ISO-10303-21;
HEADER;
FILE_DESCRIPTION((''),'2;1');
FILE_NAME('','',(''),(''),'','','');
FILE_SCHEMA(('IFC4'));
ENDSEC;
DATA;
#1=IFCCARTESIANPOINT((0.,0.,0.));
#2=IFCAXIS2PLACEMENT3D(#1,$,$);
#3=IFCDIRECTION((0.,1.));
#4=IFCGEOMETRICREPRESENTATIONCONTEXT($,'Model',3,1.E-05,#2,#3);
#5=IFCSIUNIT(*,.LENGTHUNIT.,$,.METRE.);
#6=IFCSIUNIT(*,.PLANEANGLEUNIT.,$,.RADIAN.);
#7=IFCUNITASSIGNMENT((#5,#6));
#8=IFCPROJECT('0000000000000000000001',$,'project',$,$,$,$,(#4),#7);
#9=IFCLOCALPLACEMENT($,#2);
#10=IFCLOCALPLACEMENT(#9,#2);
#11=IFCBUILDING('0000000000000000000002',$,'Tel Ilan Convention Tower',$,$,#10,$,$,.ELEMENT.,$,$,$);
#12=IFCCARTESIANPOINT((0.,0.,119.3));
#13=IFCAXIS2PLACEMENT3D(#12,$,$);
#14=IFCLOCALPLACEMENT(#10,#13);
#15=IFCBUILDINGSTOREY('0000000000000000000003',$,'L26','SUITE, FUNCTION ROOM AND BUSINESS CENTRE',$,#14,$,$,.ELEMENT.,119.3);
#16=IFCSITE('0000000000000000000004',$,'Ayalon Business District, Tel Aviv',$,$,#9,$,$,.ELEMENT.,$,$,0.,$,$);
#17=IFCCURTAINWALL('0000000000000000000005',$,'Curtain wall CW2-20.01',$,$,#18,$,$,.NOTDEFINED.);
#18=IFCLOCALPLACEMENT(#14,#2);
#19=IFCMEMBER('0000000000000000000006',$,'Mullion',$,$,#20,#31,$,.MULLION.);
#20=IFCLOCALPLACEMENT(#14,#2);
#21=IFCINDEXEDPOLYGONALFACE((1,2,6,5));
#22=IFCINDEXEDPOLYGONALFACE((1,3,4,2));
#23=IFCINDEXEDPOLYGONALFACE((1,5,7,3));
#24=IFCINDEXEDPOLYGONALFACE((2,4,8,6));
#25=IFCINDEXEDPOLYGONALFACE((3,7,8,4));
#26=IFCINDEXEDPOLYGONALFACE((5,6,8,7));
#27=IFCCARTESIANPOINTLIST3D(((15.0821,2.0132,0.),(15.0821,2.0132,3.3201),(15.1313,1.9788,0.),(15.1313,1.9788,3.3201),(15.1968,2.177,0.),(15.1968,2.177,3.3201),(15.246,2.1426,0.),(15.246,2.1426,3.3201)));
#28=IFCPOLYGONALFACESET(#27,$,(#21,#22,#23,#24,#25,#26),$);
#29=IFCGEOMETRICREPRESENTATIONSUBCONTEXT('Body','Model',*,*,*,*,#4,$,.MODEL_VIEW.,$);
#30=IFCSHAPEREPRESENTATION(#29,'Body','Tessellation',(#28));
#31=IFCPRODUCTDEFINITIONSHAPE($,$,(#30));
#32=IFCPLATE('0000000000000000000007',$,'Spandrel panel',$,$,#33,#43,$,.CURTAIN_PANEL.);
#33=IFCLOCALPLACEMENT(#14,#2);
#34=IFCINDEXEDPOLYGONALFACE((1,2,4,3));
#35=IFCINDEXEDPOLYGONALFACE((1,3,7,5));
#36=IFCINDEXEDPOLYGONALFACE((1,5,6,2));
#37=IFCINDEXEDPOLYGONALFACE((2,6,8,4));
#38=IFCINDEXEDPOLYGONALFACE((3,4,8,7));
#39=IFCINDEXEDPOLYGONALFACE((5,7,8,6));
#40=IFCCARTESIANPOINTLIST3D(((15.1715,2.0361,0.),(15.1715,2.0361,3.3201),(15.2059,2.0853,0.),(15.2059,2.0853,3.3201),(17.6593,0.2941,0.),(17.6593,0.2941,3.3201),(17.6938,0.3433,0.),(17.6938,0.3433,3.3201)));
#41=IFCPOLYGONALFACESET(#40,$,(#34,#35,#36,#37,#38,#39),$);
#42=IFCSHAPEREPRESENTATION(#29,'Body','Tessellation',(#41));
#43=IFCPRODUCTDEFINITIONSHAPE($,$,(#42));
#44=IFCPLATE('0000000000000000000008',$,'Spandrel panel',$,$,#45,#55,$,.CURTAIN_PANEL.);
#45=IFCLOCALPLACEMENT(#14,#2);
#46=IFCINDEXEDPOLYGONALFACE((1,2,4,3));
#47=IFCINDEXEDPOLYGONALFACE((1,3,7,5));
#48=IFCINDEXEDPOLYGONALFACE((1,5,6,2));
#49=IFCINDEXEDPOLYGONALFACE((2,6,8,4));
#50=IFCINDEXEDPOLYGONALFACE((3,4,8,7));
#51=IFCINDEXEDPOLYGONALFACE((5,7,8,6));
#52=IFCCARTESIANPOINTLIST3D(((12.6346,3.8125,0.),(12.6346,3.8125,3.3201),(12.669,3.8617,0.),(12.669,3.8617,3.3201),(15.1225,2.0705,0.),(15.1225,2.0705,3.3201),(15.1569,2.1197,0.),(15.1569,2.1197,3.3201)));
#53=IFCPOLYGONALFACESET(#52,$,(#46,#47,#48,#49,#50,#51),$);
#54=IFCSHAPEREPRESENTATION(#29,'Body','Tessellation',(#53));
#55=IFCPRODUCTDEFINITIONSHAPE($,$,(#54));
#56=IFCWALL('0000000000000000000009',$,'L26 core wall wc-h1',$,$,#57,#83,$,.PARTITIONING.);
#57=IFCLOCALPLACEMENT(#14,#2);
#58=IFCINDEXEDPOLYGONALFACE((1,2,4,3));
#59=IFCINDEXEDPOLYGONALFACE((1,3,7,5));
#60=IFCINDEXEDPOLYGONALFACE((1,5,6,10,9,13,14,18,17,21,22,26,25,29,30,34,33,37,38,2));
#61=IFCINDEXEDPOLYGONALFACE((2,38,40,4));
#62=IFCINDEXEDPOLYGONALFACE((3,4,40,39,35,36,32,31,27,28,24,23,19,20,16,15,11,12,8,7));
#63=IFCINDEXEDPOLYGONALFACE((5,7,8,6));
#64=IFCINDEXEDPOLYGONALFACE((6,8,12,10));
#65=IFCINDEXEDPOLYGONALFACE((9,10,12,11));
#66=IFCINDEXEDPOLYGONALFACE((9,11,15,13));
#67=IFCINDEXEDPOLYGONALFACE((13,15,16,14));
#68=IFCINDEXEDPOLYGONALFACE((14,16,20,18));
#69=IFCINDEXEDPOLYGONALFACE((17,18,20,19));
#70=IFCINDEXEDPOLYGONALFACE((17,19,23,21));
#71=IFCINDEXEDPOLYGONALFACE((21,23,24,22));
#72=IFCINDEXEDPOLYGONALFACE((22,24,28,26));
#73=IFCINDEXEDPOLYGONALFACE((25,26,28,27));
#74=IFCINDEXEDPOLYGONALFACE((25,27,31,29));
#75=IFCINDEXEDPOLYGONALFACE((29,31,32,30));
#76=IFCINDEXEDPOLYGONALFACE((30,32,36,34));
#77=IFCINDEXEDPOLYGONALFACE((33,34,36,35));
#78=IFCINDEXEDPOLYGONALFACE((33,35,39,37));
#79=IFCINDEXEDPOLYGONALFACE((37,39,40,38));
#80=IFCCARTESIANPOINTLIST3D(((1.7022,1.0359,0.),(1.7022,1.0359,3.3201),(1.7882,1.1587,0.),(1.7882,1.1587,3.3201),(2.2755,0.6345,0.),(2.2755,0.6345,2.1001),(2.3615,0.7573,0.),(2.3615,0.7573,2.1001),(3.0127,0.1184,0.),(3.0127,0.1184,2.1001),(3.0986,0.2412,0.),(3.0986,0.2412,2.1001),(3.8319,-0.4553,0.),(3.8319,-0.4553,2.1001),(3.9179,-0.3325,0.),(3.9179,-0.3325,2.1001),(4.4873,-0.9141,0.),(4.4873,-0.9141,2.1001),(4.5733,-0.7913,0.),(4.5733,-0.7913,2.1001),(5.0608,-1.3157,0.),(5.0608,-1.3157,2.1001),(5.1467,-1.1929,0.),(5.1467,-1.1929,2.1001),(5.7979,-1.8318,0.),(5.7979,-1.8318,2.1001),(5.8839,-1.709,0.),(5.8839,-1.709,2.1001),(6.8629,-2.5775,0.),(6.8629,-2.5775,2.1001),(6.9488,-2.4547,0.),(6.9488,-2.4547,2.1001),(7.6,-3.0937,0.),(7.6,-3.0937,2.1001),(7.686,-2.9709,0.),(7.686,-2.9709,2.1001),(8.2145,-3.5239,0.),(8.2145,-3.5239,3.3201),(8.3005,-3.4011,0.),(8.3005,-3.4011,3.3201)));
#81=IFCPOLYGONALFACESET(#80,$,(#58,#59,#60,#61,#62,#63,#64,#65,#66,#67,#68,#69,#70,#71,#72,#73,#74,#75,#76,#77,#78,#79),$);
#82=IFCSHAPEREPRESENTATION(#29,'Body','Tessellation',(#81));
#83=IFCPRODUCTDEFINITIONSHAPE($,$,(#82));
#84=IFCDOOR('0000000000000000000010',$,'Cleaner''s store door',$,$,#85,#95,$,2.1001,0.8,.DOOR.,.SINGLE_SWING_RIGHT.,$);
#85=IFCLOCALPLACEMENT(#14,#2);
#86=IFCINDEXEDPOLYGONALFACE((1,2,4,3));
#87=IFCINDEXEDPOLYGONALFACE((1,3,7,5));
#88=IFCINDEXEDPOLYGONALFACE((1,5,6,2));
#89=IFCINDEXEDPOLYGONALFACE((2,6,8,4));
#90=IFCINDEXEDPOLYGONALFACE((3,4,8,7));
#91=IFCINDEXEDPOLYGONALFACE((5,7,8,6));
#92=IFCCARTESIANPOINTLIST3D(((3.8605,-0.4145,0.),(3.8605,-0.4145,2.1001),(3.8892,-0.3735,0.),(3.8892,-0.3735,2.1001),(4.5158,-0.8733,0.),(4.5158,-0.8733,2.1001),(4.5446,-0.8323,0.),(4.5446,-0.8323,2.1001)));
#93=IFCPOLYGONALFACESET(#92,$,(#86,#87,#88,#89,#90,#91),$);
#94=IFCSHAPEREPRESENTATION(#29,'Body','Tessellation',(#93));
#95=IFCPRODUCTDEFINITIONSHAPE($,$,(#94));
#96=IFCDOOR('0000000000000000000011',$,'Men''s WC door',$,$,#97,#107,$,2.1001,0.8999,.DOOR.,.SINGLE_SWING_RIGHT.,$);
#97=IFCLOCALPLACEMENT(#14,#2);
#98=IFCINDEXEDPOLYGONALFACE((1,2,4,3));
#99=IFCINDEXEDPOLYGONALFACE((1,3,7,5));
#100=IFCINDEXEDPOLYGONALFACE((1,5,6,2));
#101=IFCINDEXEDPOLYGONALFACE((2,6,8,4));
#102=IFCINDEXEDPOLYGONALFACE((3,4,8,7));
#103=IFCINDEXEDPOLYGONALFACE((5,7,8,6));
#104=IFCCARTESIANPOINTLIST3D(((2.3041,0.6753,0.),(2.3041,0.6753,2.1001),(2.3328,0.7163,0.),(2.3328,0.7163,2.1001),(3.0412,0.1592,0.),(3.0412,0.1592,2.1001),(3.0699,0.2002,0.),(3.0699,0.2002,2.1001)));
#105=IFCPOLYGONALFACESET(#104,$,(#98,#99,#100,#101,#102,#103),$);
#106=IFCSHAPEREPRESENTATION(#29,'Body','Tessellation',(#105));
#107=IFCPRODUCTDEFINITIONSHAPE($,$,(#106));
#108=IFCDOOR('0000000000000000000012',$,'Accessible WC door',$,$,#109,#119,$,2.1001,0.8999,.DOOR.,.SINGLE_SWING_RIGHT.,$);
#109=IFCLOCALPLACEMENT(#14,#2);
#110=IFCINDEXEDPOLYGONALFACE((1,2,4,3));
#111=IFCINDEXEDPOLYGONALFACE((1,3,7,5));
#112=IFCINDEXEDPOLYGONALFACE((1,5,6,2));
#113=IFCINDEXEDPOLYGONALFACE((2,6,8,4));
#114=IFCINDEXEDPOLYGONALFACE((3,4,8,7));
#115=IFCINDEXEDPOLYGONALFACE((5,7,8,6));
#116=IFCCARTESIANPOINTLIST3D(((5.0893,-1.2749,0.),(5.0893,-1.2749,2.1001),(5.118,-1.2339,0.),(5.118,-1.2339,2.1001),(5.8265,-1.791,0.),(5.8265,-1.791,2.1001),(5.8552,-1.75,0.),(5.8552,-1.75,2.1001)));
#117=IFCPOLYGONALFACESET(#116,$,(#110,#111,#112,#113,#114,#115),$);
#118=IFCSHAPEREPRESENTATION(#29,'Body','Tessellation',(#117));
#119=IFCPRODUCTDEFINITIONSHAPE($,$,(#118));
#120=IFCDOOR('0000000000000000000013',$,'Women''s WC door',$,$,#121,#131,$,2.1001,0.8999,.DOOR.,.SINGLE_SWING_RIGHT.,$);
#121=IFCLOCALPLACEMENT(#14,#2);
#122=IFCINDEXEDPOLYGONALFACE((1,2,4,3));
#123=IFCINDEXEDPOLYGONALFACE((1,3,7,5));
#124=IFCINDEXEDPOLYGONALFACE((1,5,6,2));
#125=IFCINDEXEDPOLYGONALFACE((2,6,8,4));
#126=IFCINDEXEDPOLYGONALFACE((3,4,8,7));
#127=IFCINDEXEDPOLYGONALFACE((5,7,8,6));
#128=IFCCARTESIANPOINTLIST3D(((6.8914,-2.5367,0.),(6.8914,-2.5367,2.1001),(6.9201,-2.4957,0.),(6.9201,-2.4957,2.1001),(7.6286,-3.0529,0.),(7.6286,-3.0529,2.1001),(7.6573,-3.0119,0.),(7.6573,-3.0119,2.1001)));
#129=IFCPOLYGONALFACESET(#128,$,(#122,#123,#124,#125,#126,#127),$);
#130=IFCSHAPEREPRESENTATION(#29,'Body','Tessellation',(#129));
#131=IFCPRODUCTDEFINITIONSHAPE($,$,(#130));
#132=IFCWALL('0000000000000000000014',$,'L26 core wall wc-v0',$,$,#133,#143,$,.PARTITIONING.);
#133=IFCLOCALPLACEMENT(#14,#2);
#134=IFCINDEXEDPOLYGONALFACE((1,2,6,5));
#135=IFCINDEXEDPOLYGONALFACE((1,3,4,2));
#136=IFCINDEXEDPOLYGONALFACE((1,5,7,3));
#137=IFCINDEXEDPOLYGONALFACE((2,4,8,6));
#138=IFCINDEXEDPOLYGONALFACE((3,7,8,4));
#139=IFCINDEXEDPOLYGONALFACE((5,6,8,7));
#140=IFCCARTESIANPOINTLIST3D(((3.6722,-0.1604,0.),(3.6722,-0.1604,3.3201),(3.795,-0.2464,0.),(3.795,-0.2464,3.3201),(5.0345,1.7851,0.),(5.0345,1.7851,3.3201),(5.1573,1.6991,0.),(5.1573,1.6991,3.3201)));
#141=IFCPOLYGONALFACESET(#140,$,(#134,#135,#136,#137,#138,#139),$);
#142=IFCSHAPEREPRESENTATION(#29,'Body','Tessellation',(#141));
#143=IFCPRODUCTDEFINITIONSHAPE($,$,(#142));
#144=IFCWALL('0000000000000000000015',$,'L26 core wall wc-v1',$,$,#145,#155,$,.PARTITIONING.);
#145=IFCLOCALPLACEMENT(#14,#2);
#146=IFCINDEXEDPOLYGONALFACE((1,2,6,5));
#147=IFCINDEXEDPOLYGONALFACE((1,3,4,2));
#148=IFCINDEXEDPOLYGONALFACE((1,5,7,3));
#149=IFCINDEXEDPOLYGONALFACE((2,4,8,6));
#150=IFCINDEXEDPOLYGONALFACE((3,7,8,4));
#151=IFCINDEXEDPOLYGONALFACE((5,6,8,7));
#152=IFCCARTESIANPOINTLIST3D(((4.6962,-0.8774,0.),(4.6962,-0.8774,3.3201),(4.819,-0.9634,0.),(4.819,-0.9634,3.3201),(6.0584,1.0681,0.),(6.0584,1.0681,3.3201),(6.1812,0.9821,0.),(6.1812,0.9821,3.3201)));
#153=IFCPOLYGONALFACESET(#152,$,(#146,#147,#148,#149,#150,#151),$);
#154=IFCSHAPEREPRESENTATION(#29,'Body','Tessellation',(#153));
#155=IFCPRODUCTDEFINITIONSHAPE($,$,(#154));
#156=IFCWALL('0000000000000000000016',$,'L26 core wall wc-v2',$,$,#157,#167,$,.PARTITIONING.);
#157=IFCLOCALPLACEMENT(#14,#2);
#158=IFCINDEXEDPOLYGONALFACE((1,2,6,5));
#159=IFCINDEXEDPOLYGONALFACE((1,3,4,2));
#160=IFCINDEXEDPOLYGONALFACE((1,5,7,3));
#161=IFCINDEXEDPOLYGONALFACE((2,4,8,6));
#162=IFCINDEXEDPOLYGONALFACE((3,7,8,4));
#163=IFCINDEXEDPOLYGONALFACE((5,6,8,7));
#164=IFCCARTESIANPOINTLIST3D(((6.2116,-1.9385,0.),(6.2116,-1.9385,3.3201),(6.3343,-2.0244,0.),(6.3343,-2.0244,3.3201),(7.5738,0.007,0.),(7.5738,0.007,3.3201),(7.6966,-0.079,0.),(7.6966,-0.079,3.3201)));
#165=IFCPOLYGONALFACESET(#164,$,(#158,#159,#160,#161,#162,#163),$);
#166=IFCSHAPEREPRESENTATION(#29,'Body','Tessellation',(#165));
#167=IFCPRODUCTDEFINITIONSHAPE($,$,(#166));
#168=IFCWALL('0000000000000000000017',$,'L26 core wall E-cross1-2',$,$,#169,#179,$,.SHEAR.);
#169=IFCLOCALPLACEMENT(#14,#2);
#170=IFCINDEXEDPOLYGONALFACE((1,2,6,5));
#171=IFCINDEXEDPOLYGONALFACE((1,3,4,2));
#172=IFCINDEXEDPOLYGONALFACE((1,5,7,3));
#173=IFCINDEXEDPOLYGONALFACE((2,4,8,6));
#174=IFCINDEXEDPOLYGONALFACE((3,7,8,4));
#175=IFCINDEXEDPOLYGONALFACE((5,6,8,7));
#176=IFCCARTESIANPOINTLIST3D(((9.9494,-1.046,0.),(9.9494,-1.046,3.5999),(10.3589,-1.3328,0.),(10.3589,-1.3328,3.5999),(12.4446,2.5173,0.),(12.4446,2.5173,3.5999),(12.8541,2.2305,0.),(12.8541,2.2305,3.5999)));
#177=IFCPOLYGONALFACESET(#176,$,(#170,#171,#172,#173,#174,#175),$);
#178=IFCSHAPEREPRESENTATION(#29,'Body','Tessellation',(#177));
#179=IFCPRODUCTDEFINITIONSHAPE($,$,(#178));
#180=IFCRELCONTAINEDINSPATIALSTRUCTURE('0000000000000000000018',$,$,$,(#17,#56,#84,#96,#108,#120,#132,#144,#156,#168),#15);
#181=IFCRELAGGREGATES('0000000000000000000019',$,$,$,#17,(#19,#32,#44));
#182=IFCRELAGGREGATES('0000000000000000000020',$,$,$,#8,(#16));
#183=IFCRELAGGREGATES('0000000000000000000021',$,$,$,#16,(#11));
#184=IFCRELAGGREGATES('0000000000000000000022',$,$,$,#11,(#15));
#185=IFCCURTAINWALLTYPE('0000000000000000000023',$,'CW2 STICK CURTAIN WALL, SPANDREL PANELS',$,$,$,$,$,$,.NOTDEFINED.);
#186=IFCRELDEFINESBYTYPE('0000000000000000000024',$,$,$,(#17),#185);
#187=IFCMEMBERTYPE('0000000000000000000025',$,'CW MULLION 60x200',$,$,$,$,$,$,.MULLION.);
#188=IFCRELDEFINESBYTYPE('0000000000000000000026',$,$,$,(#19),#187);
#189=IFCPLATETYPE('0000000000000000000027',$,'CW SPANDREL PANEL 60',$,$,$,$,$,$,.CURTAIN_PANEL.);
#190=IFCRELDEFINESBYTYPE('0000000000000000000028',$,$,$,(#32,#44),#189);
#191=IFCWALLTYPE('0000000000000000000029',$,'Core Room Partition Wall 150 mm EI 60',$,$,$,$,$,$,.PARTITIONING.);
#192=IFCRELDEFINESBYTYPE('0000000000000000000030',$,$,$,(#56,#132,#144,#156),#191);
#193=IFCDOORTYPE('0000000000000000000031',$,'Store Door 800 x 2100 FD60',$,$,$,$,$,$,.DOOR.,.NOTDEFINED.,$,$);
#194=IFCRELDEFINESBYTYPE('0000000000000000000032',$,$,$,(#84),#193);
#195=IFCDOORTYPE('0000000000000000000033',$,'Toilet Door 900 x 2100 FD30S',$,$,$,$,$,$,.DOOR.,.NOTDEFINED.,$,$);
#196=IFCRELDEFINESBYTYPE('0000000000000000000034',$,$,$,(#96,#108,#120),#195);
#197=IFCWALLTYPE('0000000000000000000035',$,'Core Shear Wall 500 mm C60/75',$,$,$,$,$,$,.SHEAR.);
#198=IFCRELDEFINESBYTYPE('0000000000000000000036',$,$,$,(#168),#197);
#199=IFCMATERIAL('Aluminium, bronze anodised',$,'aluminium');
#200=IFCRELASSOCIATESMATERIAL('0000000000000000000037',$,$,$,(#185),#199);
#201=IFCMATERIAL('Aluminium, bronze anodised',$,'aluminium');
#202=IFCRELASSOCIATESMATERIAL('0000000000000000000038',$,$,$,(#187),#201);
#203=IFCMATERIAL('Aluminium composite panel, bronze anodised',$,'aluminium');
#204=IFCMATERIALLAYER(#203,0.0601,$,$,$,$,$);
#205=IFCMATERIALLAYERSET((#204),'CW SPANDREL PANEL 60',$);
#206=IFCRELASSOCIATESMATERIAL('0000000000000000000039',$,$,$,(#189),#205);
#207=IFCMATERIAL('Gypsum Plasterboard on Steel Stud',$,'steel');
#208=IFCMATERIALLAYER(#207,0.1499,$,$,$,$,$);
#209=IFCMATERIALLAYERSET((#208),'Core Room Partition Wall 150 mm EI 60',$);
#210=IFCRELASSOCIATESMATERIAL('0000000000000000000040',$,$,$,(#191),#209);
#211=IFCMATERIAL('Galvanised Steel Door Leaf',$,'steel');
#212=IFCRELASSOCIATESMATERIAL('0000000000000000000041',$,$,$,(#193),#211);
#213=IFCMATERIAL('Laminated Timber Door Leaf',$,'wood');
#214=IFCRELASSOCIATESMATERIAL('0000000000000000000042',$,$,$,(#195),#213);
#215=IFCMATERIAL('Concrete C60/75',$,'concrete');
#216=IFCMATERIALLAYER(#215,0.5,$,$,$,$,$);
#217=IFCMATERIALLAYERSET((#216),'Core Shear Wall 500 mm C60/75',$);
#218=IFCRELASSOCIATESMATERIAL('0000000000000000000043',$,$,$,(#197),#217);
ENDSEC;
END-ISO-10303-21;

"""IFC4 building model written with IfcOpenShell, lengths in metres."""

from ifc_helpers import new_model, si_unit, direction, frame, frame_2d, origin, origin_2d, place, context, subcontext, project, spatial, polyline, rectangle, outline, extrude, material, layer, layer_set, material_profile, profile_set, type_object, element, fill, aggregate, save


model = new_model("IFC4")

# Units and contexts
model_context = context("Model", 3, precision=1e-05, world=origin(), true_north=direction((0.0, 1.0)))
body_context = subcontext(model_context, "Body", "Model", "MODEL_VIEW")
ifc_project = project(units=[si_unit("LENGTHUNIT", "METRE"), si_unit("PLANEANGLEUNIT", "RADIAN")], contexts=[model_context])

# Site, building, storey
site_placement = place(None, origin())
site = spatial("IfcSite", under=ifc_project, at=site_placement, Name="Ayalon Business District, Tel Aviv", CompositionType="ELEMENT", RefElevation=0.0)
building_placement = place(site_placement, origin())
building = spatial("IfcBuilding", under=site, at=building_placement, Name="Tel Ilan Convention Tower", CompositionType="ELEMENT")
storey_placement = place(building_placement, frame((0.0, 0.0, 119.3)))
storey = spatial("IfcBuildingStorey", under=building, at=storey_placement, Name="L26", Description="SUITE, FUNCTION ROOM AND BUSINESS CENTRE", CompositionType="ELEMENT", Elevation=119.3)

# Curtain wall, member, plates
ifc_material_1 = material(Name="Aluminium, bronze anodised", Category="aluminium")
curtain_wall_type = type_object("IfcCurtainWallType", Name="CW2 STICK CURTAIN WALL, SPANDREL PANELS", PredefinedType="NOTDEFINED", material=ifc_material_1)
curtain_wall_placement = place(storey_placement, origin())
curtain_wall = element("IfcCurtainWall", 1, at=curtain_wall_placement, inside=storey, type_object=curtain_wall_type, Name="Curtain wall CW2-20.01", PredefinedType="NOTDEFINED")
ifc_material_2 = material(Name="Aluminium, bronze anodised", Category="aluminium")
ifc_material_profile = material_profile(ifc_material_2, rectangle(XDim=0.0601, YDim=0.2, at=origin_2d()), Name="CW MULLION 60x200")
ifc_profile_set = profile_set([ifc_material_profile], Name="Aluminium, bronze anodised")
member_type = type_object("IfcMemberType", Name="CW MULLION 60x200", PredefinedType="MULLION", material=ifc_profile_set)
member_placement = place(storey_placement, frame((15.1641, 2.0779, 0.0), z_axis=(0.0, 0.0, 1.0), x_axis=(-0.819152, 0.573576, 0.0)))
member = element("IfcMember", 2, at=member_placement, type_object=member_type, Name="Mullion", PredefinedType="MULLION", context=body_context, shape_type="SweptSolid", body=[
    extrude(rectangle(XDim=0.0601, YDim=0.2, at=origin_2d()), origin(), (0.0, 0.0, 1.0), 3.3201),
])
ifc_material_3 = material(Name="Aluminium composite panel, bronze anodised", Category="aluminium")
ifc_layer_1 = layer(ifc_material_3, 0.0601)
ifc_layer_set_1 = layer_set([ifc_layer_1], Name="CW SPANDREL PANEL 60")
plate_type = type_object("IfcPlateType", Name="CW SPANDREL PANEL 60", PredefinedType="CURTAIN_PANEL", material=ifc_layer_set_1)
plate_1_placement = place(storey_placement, frame((16.4326, 1.1897, 0.0), z_axis=(0.0, 0.0, 1.0), x_axis=(-0.819152, 0.573576, 0.0)))
plate_1 = element("IfcPlate", 3, at=plate_1_placement, type_object=plate_type, Name="Spandrel panel", PredefinedType="CURTAIN_PANEL", context=body_context, shape_type="SweptSolid", body=[
    extrude(rectangle(XDim=3.0371, YDim=0.0601, at=origin_2d()), origin(), (0.0, 0.0, 1.0), 3.3201),
])
plate_2_placement = place(storey_placement, frame((13.8958, 2.9661, 0.0), z_axis=(0.0, 0.0, 1.0), x_axis=(-0.819152, 0.573576, 0.0)))
plate_2 = element("IfcPlate", 4, at=plate_2_placement, type_object=plate_type, Name="Spandrel panel", PredefinedType="CURTAIN_PANEL", context=body_context, shape_type="SweptSolid", body=[
    extrude(rectangle(XDim=3.0371, YDim=0.0601, at=origin_2d()), origin(), (0.0, 0.0, 1.0), 3.3201),
])
aggregate(curtain_wall, [member, plate_1, plate_2])

# Wall, openings, doors
ifc_material_4 = material(Name="Gypsum Plasterboard on Steel Stud", Category="steel")
ifc_layer_2 = layer(ifc_material_4, 0.1499)
ifc_layer_set_2 = layer_set([ifc_layer_2], Name="Core Room Partition Wall 150 mm EI 60")
wall_type_1 = type_object("IfcWallType", Name="Core Room Partition Wall 150 mm EI 60", PredefinedType="PARTITIONING", material=ifc_layer_set_2)
wall_1_placement = place(storey_placement, frame((1.7451, 1.0974, 0.0), z_axis=(0.0, 0.0, 1.0), x_axis=(0.819157, -0.57357, 0.0)))
wall_1 = element("IfcWall", 5, at=wall_1_placement, inside=storey, type_object=wall_type_1, Name="L26 core wall wc-h1", PredefinedType="PARTITIONING", context=body_context, shape_type="SweptSolid", body=[
    extrude(rectangle(XDim=7.95, YDim=0.1499, at=frame_2d((3.9751, 0.0))), origin(), (0.0, 0.0, 1.0), 3.3201),
])
opening_1_placement = place(wall_1_placement, frame((0.7, 0.0, 0.0)))
opening_1 = element("IfcOpeningElement", 6, at=opening_1_placement, cuts=wall_1, PredefinedType="OPENING", context=body_context, shape_type="SweptSolid", body=[
    extrude(rectangle(XDim=0.8999, YDim=2.1001, at=frame_2d((0.45, 1.05))), frame((0.0, 0.085, 0.0), z_axis=(0.0, -1.0, 0.0), x_axis=(1.0, 0.0, 0.0)), (0.0, 0.0, 1.0), 0.1699),
])
opening_2_placement = place(wall_1_placement, frame((2.6001, 0.0, 0.0)))
opening_2 = element("IfcOpeningElement", 7, at=opening_2_placement, cuts=wall_1, PredefinedType="OPENING", context=body_context, shape_type="SweptSolid", body=[
    extrude(rectangle(XDim=0.8, YDim=2.1001, at=frame_2d((0.3999, 1.05))), frame((0.0, 0.085, 0.0), z_axis=(0.0, -1.0, 0.0), x_axis=(1.0, 0.0, 0.0)), (0.0, 0.0, 1.0), 0.1699),
])
opening_3_placement = place(wall_1_placement, frame((4.1001, 0.0, 0.0)))
opening_3 = element("IfcOpeningElement", 8, at=opening_3_placement, cuts=wall_1, PredefinedType="OPENING", context=body_context, shape_type="SweptSolid", body=[
    extrude(rectangle(XDim=0.8999, YDim=2.1001, at=frame_2d((0.45, 1.05))), frame((0.0, 0.085, 0.0), z_axis=(0.0, -1.0, 0.0), x_axis=(1.0, 0.0, 0.0)), (0.0, 0.0, 1.0), 0.1699),
])
opening_4_placement = place(wall_1_placement, frame((6.3, 0.0, 0.0)))
opening_4 = element("IfcOpeningElement", 9, at=opening_4_placement, cuts=wall_1, PredefinedType="OPENING", context=body_context, shape_type="SweptSolid", body=[
    extrude(rectangle(XDim=0.8999, YDim=2.1001, at=frame_2d((0.45, 1.05))), frame((0.0, 0.085, 0.0), z_axis=(0.0, -1.0, 0.0), x_axis=(1.0, 0.0, 0.0)), (0.0, 0.0, 1.0), 0.1699),
])
ifc_material_5 = material(Name="Galvanised Steel Door Leaf", Category="steel")
door_type_1 = type_object("IfcDoorType", Name="Store Door 800 x 2100 FD60", OperationType="NOTDEFINED", PredefinedType="DOOR", material=ifc_material_5)
door_1_placement = place(opening_2_placement, origin())
door_1 = element("IfcDoor", 10, at=door_1_placement, inside=storey, type_object=door_type_1, Name="Cleaner's store door", OperationType="SINGLE_SWING_RIGHT", OverallHeight=2.1001, OverallWidth=0.8, PredefinedType="DOOR", context=body_context, shape_type="SweptSolid", body=[
    extrude(rectangle(XDim=0.8, YDim=2.1001, at=frame_2d((0.3999, 1.05))), frame((0.0, 0.0249, 0.0), z_axis=(0.0, -1.0, 0.0), x_axis=(1.0, 0.0, 0.0)), (0.0, 0.0, 1.0), 0.05),
])
fill(opening_2, door_1)
ifc_material_6 = material(Name="Laminated Timber Door Leaf", Category="wood")
door_type_2 = type_object("IfcDoorType", Name="Toilet Door 900 x 2100 FD30S", OperationType="NOTDEFINED", PredefinedType="DOOR", material=ifc_material_6)
door_2_placement = place(opening_1_placement, origin())
door_2 = element("IfcDoor", 11, at=door_2_placement, inside=storey, type_object=door_type_2, Name="Men's WC door", OperationType="SINGLE_SWING_RIGHT", OverallHeight=2.1001, OverallWidth=0.8999, PredefinedType="DOOR", context=body_context, shape_type="SweptSolid", body=[
    extrude(rectangle(XDim=0.8999, YDim=2.1001, at=frame_2d((0.45, 1.05))), frame((0.0, 0.0249, 0.0), z_axis=(0.0, -1.0, 0.0), x_axis=(1.0, 0.0, 0.0)), (0.0, 0.0, 1.0), 0.05),
])
fill(opening_1, door_2)
door_3_placement = place(opening_3_placement, origin())
door_3 = element("IfcDoor", 12, at=door_3_placement, inside=storey, type_object=door_type_2, Name="Accessible WC door", OperationType="SINGLE_SWING_RIGHT", OverallHeight=2.1001, OverallWidth=0.8999, PredefinedType="DOOR", context=body_context, shape_type="SweptSolid", body=[
    extrude(rectangle(XDim=0.8999, YDim=2.1001, at=frame_2d((0.45, 1.05))), frame((0.0, 0.0249, 0.0), z_axis=(0.0, -1.0, 0.0), x_axis=(1.0, 0.0, 0.0)), (0.0, 0.0, 1.0), 0.05),
])
fill(opening_3, door_3)
door_4_placement = place(opening_4_placement, origin())
door_4 = element("IfcDoor", 13, at=door_4_placement, inside=storey, type_object=door_type_2, Name="Women's WC door", OperationType="SINGLE_SWING_RIGHT", OverallHeight=2.1001, OverallWidth=0.8999, PredefinedType="DOOR", context=body_context, shape_type="SweptSolid", body=[
    extrude(rectangle(XDim=0.8999, YDim=2.1001, at=frame_2d((0.45, 1.05))), frame((0.0, 0.0249, 0.0), z_axis=(0.0, -1.0, 0.0), x_axis=(1.0, 0.0, 0.0)), (0.0, 0.0, 1.0), 0.05),
])
fill(opening_4, door_4)

# Walls
for number, where, z_axis, x_axis, name in (
    (14, (3.7336, -0.2034, 0.0), (0.0, 0.0, 1.0), (0.57358, 0.81915, 0.0), "L26 core wall wc-v0"),
    (15, (4.7576, -0.9204, 0.0), (0.0, 0.0, 1.0), (0.57358, 0.81915, 0.0), "L26 core wall wc-v1"),
    (16, (6.2729, -1.9814, 0.0), (0.0, 0.0, 1.0), (0.57358, 0.81915, 0.0), "L26 core wall wc-v2"),
):
    element("IfcWall", number, at=place(storey_placement, frame(where, z_axis=z_axis, x_axis=x_axis)), inside=storey, type_object=wall_type_1, Name=name, PredefinedType="PARTITIONING", context=body_context, shape_type="SweptSolid", body=[
        extrude(rectangle(XDim=2.375, YDim=0.1499, at=frame_2d((1.1875, 0.0))), origin(), (0.0, 0.0, 1.0), 3.3201),
    ])
ifc_material_7 = material(Name="Concrete C60/75", Category="concrete")
ifc_layer_3 = layer(ifc_material_7, 0.5)
ifc_layer_set_3 = layer_set([ifc_layer_3], Name="Core Shear Wall 500 mm C60/75")
wall_type_2 = type_object("IfcWallType", Name="Core Shear Wall 500 mm C60/75", PredefinedType="SHEAR", material=ifc_layer_set_3)
wall_2_placement = place(storey_placement, frame((10.1543, -1.1892, 0.0), z_axis=(0.0, 0.0, 1.0), x_axis=(0.573594, 0.81914, 0.0)))
element("IfcWall", 17, at=wall_2_placement, inside=storey, type_object=wall_type_2, Name="L26 core wall E-cross1-2", PredefinedType="SHEAR", context=body_context, shape_type="SweptSolid", body=[
    extrude(outline(polyline([(4.3499, -0.25), (4.3499, 0.25), (-0.0002, 0.25), (-0.0002, -0.25), (4.3499, -0.25)])), origin(), (0.0, 0.0, 1.0), 3.5999),
])

save(model, "model.ifc")
